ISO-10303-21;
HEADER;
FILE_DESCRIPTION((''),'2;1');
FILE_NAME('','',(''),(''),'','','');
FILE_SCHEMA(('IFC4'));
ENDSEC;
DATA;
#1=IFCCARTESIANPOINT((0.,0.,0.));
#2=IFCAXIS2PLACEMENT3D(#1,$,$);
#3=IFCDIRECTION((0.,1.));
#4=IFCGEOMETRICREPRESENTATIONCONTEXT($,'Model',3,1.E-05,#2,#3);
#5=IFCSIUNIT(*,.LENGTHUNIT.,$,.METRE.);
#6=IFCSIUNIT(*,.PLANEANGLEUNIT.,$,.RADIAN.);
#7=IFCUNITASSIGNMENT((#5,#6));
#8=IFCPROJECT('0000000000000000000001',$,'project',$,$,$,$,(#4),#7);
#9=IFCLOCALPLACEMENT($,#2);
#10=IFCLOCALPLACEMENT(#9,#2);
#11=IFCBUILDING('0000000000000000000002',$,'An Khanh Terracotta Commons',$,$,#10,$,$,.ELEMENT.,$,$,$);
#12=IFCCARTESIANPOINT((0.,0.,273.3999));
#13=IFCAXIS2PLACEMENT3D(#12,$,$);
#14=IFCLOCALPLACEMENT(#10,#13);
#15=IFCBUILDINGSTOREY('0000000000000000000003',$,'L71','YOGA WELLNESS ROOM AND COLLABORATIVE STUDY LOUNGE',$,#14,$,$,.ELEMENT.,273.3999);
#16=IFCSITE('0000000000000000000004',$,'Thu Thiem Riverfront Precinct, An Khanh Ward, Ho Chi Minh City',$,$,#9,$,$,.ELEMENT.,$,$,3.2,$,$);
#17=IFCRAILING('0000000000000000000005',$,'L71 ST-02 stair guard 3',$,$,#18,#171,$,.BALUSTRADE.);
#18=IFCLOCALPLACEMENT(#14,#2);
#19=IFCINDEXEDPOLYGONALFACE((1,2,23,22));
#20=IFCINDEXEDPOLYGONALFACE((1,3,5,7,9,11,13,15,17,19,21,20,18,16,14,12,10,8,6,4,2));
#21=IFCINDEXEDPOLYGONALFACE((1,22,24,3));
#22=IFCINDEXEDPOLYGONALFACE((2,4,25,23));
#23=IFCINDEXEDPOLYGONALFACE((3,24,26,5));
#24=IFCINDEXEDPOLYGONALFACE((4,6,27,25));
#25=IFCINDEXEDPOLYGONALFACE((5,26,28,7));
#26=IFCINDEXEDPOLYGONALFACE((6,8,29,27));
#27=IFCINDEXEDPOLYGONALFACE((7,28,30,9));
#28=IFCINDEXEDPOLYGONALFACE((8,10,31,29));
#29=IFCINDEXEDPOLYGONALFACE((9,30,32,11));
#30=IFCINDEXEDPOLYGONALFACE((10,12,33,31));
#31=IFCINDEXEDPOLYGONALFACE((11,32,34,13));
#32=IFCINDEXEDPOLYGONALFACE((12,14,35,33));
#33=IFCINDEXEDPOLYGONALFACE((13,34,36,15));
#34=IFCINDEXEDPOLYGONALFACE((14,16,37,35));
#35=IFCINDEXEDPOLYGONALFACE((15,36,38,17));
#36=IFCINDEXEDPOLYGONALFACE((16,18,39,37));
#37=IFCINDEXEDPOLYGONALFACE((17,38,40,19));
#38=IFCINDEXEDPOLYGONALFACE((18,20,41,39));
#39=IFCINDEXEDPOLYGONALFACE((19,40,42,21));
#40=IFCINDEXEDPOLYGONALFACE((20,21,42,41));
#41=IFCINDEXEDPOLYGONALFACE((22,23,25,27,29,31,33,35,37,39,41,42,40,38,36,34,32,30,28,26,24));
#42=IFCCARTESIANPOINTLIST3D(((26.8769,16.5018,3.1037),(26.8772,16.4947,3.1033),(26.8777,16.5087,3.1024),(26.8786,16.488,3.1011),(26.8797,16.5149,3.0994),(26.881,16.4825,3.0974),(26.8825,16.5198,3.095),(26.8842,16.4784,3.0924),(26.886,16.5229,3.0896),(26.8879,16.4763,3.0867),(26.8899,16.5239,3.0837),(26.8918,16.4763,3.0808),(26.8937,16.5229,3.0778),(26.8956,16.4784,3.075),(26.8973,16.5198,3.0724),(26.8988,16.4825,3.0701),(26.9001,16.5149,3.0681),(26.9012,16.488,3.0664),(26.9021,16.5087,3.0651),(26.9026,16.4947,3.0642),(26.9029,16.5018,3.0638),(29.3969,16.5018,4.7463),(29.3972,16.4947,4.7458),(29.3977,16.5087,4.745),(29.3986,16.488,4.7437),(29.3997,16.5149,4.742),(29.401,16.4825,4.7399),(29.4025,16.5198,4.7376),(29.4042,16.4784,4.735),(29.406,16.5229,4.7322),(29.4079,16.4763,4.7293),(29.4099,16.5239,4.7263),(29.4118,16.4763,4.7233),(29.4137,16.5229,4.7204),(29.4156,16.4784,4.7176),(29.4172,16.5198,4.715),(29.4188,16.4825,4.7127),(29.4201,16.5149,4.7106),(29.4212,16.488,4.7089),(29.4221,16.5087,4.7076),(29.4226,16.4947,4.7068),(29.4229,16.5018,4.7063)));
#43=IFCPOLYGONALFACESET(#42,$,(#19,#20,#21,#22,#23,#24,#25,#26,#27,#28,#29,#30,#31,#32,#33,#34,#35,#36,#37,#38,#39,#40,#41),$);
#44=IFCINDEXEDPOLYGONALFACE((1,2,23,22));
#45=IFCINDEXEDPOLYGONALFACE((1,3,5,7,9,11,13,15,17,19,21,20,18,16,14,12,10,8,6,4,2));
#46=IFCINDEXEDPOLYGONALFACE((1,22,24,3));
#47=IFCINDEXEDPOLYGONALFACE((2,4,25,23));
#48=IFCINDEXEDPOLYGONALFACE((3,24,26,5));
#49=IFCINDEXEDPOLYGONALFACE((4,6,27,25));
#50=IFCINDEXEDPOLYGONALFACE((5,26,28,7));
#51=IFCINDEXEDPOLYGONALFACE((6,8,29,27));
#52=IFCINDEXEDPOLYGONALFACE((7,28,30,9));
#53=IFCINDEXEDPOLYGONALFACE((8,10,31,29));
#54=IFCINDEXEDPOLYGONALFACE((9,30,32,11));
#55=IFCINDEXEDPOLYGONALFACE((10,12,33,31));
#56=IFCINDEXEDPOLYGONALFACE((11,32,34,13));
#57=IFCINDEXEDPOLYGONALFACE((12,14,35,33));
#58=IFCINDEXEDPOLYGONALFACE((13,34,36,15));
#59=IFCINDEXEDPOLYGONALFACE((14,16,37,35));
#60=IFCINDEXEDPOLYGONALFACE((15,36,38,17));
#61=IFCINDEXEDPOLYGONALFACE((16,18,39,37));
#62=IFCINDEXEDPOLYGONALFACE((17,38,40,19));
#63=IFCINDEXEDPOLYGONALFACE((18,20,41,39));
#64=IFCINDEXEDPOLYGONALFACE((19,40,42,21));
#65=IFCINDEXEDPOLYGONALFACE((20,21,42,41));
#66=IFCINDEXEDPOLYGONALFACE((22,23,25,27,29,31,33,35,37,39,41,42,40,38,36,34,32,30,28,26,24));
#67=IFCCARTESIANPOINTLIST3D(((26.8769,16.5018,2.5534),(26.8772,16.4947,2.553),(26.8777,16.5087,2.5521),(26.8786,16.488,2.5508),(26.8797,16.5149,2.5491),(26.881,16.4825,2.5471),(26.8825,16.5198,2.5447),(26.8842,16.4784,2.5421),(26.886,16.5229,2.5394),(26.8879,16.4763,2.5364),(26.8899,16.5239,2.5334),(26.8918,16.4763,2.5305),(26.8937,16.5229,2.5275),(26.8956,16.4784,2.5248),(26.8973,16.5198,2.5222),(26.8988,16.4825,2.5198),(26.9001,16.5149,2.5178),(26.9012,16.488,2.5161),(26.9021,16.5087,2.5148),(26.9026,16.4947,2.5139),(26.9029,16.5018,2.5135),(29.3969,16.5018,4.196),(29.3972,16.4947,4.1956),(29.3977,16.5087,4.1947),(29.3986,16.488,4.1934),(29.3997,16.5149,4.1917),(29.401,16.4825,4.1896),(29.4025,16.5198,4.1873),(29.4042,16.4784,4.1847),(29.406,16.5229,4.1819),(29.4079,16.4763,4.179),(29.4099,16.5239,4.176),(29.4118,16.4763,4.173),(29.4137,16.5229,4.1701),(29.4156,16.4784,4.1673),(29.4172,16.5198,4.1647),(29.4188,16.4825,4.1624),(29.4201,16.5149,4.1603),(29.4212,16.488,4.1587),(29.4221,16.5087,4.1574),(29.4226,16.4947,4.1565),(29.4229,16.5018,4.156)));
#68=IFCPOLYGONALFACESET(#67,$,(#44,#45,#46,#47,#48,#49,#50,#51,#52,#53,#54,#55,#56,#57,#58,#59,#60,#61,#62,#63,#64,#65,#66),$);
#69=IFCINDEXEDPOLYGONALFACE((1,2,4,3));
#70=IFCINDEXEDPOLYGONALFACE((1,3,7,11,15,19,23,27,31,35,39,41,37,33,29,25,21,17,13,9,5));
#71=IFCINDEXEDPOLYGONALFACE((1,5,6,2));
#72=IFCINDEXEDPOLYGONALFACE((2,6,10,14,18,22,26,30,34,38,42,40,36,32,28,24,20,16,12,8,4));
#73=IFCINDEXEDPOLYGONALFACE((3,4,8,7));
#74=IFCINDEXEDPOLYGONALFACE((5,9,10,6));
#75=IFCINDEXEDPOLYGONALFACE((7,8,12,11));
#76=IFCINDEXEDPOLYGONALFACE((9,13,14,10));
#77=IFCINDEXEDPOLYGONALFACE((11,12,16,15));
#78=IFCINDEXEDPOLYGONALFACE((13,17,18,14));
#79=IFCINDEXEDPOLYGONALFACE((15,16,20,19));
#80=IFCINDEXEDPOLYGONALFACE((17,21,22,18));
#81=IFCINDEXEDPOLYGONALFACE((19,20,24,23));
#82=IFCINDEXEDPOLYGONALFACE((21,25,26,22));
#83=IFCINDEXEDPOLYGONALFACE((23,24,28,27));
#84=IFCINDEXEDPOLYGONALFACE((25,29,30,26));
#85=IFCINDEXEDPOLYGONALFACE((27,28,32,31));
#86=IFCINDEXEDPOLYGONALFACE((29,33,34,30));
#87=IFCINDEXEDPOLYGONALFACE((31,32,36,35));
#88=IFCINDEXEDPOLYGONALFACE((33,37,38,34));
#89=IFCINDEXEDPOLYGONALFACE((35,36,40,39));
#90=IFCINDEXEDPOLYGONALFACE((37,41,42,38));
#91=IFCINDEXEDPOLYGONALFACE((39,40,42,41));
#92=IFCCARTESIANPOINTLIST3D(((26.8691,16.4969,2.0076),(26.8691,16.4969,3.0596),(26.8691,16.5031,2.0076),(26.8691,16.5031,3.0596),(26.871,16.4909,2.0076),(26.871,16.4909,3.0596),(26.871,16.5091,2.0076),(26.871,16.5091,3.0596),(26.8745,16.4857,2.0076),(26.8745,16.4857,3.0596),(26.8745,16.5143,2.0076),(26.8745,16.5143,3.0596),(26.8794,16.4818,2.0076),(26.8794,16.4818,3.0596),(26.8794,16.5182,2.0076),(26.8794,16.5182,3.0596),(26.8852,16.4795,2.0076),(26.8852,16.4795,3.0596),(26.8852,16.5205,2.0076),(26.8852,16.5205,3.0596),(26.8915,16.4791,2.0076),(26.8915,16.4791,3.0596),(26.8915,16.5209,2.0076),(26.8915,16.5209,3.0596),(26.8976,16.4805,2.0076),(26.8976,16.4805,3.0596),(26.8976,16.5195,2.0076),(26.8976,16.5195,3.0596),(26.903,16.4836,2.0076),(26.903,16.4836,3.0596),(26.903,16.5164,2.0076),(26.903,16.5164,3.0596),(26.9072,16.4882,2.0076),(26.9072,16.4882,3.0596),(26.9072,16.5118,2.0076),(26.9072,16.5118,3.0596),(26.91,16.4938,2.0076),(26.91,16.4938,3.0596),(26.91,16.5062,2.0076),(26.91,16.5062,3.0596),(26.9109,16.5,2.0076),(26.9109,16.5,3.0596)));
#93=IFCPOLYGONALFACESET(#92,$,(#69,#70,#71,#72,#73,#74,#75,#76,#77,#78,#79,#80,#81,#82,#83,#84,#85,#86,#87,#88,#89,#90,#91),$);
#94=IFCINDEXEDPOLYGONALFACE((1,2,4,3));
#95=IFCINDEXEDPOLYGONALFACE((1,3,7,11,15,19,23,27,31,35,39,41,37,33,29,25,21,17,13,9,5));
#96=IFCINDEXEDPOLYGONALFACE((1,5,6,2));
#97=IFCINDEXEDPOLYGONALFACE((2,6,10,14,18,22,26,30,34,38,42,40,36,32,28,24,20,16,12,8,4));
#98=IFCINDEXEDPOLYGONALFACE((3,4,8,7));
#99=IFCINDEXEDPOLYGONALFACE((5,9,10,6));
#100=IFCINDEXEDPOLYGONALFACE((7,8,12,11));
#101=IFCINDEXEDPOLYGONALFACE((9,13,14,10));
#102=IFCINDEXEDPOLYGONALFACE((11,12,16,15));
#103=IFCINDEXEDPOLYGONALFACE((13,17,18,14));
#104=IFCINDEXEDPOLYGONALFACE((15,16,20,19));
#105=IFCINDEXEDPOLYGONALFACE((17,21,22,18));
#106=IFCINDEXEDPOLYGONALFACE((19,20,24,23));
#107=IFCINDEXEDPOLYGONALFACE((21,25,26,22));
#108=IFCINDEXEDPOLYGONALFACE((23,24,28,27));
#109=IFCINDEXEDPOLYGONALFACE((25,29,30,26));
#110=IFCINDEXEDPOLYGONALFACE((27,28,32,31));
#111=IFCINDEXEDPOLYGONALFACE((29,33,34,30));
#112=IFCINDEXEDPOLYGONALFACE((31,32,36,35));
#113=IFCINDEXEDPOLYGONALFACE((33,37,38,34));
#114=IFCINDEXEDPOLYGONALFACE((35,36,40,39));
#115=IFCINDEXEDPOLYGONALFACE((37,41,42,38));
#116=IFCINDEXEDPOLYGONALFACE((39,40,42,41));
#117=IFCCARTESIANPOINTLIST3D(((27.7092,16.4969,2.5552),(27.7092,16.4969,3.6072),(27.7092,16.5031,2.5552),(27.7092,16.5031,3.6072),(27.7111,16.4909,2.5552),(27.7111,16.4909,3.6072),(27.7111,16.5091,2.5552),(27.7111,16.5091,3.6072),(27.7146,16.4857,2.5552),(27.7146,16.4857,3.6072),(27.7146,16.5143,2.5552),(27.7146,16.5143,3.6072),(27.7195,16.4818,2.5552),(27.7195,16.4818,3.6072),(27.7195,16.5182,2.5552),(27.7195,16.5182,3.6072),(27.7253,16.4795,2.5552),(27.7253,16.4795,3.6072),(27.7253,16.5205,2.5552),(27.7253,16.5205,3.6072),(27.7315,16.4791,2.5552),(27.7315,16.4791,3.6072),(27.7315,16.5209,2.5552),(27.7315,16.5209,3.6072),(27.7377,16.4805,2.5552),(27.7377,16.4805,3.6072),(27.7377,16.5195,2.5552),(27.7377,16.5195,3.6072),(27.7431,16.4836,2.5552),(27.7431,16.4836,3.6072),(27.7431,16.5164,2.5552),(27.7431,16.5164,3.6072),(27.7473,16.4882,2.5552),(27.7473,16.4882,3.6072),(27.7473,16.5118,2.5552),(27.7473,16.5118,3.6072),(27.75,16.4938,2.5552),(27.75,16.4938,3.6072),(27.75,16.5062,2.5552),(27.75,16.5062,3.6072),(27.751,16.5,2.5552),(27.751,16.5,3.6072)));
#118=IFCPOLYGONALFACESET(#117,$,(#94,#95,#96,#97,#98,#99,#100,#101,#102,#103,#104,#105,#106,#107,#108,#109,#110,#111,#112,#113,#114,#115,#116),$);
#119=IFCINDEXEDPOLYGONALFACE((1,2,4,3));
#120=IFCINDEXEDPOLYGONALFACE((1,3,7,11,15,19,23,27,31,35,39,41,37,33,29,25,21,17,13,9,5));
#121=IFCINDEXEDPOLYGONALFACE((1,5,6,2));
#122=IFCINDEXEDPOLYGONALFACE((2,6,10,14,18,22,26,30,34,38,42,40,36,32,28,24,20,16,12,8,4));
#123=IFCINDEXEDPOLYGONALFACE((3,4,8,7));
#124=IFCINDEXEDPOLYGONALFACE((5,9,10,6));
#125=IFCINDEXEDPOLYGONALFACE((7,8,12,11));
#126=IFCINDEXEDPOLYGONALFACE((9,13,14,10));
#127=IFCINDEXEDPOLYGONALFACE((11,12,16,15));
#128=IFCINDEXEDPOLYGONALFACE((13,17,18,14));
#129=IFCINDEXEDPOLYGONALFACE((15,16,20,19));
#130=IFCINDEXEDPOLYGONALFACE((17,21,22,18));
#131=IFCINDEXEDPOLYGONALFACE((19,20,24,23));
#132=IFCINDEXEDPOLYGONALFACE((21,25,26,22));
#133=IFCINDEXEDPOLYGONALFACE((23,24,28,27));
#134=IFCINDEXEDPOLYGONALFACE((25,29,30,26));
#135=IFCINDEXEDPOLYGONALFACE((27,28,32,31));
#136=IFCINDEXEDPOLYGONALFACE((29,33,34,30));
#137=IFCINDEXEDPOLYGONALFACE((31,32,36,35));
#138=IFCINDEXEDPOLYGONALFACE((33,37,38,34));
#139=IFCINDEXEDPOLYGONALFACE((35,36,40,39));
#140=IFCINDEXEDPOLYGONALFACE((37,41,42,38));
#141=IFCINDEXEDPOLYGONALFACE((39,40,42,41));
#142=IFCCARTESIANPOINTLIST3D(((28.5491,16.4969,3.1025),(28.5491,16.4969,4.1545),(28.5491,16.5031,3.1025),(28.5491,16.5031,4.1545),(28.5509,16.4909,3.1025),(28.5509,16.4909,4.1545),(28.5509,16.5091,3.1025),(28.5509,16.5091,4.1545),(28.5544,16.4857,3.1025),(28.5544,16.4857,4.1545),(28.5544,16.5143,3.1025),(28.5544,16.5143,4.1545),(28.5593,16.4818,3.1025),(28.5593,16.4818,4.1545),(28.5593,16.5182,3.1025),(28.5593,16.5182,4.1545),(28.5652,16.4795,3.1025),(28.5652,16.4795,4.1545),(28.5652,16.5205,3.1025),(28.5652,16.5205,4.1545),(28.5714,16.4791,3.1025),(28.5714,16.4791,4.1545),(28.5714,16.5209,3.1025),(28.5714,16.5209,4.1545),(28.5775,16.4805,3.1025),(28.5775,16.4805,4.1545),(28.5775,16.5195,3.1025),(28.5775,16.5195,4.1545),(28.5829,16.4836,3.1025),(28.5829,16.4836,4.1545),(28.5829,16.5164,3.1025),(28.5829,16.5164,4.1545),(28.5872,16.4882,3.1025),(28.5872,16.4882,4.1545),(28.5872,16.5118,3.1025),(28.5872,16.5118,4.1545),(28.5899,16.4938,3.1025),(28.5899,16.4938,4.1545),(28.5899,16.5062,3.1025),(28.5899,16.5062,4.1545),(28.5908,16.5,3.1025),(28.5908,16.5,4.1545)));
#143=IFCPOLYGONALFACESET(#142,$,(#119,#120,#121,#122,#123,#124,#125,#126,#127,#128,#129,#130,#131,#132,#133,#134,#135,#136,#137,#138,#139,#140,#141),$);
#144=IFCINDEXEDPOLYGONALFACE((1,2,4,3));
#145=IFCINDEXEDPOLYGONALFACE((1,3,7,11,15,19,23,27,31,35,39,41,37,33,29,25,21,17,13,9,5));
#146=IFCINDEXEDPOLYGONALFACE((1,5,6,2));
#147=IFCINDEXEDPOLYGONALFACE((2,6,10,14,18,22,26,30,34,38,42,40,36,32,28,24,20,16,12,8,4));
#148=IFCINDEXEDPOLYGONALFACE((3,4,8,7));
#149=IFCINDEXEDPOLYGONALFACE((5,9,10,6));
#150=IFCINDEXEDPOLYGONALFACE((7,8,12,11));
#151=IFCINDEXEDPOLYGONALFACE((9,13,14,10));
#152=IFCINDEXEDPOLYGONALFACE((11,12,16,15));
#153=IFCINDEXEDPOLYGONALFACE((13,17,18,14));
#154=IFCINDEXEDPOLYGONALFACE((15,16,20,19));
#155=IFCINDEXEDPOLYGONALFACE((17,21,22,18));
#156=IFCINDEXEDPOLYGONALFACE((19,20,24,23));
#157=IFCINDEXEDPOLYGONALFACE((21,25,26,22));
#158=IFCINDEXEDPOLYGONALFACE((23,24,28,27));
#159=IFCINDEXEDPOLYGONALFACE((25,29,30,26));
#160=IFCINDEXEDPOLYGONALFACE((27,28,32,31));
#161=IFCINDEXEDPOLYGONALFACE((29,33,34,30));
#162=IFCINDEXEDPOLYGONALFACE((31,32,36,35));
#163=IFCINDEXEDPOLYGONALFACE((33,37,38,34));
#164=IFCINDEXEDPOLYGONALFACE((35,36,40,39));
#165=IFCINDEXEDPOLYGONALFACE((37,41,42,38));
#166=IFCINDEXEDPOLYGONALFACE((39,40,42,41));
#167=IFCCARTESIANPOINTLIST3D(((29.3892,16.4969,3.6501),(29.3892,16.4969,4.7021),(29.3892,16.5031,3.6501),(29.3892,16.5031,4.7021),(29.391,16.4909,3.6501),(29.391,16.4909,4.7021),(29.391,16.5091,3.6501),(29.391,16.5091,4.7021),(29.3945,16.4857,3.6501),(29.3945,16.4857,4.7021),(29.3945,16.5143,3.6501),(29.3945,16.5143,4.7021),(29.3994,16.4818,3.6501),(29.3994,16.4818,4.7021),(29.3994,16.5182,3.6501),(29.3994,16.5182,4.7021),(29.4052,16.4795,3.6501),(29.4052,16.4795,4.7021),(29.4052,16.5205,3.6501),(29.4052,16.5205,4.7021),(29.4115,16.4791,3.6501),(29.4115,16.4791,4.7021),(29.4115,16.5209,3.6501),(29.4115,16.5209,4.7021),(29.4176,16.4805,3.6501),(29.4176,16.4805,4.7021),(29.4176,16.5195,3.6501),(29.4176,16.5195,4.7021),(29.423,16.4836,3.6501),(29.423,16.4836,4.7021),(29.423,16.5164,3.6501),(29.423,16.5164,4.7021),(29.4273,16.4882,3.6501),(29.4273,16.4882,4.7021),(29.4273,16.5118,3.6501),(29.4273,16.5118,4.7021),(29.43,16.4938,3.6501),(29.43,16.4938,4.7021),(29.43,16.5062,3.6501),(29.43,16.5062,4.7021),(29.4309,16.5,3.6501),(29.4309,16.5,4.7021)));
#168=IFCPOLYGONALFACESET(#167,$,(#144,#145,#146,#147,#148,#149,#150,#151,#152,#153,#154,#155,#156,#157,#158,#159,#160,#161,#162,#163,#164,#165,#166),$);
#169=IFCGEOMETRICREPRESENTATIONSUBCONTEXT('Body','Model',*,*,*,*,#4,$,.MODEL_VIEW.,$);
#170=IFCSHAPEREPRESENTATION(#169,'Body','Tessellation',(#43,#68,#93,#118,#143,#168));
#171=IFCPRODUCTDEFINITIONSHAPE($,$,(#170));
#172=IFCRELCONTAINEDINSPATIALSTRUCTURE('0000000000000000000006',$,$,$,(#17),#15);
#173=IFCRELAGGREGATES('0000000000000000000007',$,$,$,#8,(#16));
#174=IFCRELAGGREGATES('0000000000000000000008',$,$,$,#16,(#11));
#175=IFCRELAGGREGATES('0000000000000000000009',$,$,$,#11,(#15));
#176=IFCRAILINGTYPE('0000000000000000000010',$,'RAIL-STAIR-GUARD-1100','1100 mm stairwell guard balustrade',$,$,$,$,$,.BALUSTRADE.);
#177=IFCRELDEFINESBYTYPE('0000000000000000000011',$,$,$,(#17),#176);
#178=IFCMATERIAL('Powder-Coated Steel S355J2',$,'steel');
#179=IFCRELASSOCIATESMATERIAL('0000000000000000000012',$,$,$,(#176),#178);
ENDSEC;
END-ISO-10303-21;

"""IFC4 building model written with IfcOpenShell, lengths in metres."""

from ifc_helpers import new_model, si_unit, direction, frame, origin, origin_2d, place, context, subcontext, project, spatial, circle, extrude, material, type_object, element, save


model = new_model("IFC4")

# Units and contexts
model_context = context("Model", 3, precision=1e-05, world=origin(), true_north=direction((0.0, 1.0)))
body_context = subcontext(model_context, "Body", "Model", "MODEL_VIEW")
ifc_project = project(units=[si_unit("LENGTHUNIT", "METRE"), si_unit("PLANEANGLEUNIT", "RADIAN")], contexts=[model_context])

# Site, building, storey
site_placement = place(None, origin())
site = spatial("IfcSite", under=ifc_project, at=site_placement, Name="Thu Thiem Riverfront Precinct, An Khanh Ward, Ho Chi Minh City", CompositionType="ELEMENT", RefElevation=3.2)
building_placement = place(site_placement, origin())
building = spatial("IfcBuilding", under=site, at=building_placement, Name="An Khanh Terracotta Commons", CompositionType="ELEMENT")
storey_placement = place(building_placement, frame((0.0, 0.0, 273.3999)))
storey = spatial("IfcBuildingStorey", under=building, at=storey_placement, Name="L71", Description="YOGA WELLNESS ROOM AND COLLABORATIVE STUDY LOUNGE", CompositionType="ELEMENT", Elevation=273.3999)

# Railing
ifc_material_1 = material(Name="Powder-Coated Steel S355J2", Category="steel")
railing_type_1 = type_object("IfcRailingType", Name="RAIL-STAIR-GUARD-1100", Description="1100 mm stairwell guard balustrade", PredefinedType="BALUSTRADE", material=ifc_material_1)
railing_1_placement = place(storey_placement, frame((26.8899, 16.5, 2.0076)))
element("IfcRailing", 1, at=railing_1_placement, inside=storey, type_object=railing_type_1, Name="L71 ST-02 stair guard 3", PredefinedType="BALUSTRADE", context=body_context, shape_type="SweptSolid", body=[
    extrude(circle(Radius=0.0239, at=origin_2d()), frame((0.0, 0.0, 1.0762), z_axis=(0.837749, 0.0, 0.546055), x_axis=(0.0, 1.0, 0.0)), (0.0, 0.0, 1.0), 3.0081),
    extrude(circle(Radius=0.0239, at=origin_2d()), frame((0.0, 0.0, 0.5259), z_axis=(0.837749, 0.0, 0.546055), x_axis=(0.0, 1.0, 0.0)), (0.0, 0.0, 1.0), 3.0081),
    extrude(circle(Radius=0.021, at=origin_2d()), origin(), (0.0, 0.0, 1.0), 1.052),
    extrude(circle(Radius=0.021, at=origin_2d()), frame((0.8401, 0.0, 0.5476)), (0.0, 0.0, 1.0), 1.052),
    extrude(circle(Radius=0.021, at=origin_2d()), frame((1.6799, 0.0, 1.095)), (0.0, 0.0, 1.0), 1.052),
    extrude(circle(Radius=0.021, at=origin_2d()), frame((2.52, 0.0, 1.6426)), (0.0, 0.0, 1.0), 1.052),
])

save(model, "model.ifc")
